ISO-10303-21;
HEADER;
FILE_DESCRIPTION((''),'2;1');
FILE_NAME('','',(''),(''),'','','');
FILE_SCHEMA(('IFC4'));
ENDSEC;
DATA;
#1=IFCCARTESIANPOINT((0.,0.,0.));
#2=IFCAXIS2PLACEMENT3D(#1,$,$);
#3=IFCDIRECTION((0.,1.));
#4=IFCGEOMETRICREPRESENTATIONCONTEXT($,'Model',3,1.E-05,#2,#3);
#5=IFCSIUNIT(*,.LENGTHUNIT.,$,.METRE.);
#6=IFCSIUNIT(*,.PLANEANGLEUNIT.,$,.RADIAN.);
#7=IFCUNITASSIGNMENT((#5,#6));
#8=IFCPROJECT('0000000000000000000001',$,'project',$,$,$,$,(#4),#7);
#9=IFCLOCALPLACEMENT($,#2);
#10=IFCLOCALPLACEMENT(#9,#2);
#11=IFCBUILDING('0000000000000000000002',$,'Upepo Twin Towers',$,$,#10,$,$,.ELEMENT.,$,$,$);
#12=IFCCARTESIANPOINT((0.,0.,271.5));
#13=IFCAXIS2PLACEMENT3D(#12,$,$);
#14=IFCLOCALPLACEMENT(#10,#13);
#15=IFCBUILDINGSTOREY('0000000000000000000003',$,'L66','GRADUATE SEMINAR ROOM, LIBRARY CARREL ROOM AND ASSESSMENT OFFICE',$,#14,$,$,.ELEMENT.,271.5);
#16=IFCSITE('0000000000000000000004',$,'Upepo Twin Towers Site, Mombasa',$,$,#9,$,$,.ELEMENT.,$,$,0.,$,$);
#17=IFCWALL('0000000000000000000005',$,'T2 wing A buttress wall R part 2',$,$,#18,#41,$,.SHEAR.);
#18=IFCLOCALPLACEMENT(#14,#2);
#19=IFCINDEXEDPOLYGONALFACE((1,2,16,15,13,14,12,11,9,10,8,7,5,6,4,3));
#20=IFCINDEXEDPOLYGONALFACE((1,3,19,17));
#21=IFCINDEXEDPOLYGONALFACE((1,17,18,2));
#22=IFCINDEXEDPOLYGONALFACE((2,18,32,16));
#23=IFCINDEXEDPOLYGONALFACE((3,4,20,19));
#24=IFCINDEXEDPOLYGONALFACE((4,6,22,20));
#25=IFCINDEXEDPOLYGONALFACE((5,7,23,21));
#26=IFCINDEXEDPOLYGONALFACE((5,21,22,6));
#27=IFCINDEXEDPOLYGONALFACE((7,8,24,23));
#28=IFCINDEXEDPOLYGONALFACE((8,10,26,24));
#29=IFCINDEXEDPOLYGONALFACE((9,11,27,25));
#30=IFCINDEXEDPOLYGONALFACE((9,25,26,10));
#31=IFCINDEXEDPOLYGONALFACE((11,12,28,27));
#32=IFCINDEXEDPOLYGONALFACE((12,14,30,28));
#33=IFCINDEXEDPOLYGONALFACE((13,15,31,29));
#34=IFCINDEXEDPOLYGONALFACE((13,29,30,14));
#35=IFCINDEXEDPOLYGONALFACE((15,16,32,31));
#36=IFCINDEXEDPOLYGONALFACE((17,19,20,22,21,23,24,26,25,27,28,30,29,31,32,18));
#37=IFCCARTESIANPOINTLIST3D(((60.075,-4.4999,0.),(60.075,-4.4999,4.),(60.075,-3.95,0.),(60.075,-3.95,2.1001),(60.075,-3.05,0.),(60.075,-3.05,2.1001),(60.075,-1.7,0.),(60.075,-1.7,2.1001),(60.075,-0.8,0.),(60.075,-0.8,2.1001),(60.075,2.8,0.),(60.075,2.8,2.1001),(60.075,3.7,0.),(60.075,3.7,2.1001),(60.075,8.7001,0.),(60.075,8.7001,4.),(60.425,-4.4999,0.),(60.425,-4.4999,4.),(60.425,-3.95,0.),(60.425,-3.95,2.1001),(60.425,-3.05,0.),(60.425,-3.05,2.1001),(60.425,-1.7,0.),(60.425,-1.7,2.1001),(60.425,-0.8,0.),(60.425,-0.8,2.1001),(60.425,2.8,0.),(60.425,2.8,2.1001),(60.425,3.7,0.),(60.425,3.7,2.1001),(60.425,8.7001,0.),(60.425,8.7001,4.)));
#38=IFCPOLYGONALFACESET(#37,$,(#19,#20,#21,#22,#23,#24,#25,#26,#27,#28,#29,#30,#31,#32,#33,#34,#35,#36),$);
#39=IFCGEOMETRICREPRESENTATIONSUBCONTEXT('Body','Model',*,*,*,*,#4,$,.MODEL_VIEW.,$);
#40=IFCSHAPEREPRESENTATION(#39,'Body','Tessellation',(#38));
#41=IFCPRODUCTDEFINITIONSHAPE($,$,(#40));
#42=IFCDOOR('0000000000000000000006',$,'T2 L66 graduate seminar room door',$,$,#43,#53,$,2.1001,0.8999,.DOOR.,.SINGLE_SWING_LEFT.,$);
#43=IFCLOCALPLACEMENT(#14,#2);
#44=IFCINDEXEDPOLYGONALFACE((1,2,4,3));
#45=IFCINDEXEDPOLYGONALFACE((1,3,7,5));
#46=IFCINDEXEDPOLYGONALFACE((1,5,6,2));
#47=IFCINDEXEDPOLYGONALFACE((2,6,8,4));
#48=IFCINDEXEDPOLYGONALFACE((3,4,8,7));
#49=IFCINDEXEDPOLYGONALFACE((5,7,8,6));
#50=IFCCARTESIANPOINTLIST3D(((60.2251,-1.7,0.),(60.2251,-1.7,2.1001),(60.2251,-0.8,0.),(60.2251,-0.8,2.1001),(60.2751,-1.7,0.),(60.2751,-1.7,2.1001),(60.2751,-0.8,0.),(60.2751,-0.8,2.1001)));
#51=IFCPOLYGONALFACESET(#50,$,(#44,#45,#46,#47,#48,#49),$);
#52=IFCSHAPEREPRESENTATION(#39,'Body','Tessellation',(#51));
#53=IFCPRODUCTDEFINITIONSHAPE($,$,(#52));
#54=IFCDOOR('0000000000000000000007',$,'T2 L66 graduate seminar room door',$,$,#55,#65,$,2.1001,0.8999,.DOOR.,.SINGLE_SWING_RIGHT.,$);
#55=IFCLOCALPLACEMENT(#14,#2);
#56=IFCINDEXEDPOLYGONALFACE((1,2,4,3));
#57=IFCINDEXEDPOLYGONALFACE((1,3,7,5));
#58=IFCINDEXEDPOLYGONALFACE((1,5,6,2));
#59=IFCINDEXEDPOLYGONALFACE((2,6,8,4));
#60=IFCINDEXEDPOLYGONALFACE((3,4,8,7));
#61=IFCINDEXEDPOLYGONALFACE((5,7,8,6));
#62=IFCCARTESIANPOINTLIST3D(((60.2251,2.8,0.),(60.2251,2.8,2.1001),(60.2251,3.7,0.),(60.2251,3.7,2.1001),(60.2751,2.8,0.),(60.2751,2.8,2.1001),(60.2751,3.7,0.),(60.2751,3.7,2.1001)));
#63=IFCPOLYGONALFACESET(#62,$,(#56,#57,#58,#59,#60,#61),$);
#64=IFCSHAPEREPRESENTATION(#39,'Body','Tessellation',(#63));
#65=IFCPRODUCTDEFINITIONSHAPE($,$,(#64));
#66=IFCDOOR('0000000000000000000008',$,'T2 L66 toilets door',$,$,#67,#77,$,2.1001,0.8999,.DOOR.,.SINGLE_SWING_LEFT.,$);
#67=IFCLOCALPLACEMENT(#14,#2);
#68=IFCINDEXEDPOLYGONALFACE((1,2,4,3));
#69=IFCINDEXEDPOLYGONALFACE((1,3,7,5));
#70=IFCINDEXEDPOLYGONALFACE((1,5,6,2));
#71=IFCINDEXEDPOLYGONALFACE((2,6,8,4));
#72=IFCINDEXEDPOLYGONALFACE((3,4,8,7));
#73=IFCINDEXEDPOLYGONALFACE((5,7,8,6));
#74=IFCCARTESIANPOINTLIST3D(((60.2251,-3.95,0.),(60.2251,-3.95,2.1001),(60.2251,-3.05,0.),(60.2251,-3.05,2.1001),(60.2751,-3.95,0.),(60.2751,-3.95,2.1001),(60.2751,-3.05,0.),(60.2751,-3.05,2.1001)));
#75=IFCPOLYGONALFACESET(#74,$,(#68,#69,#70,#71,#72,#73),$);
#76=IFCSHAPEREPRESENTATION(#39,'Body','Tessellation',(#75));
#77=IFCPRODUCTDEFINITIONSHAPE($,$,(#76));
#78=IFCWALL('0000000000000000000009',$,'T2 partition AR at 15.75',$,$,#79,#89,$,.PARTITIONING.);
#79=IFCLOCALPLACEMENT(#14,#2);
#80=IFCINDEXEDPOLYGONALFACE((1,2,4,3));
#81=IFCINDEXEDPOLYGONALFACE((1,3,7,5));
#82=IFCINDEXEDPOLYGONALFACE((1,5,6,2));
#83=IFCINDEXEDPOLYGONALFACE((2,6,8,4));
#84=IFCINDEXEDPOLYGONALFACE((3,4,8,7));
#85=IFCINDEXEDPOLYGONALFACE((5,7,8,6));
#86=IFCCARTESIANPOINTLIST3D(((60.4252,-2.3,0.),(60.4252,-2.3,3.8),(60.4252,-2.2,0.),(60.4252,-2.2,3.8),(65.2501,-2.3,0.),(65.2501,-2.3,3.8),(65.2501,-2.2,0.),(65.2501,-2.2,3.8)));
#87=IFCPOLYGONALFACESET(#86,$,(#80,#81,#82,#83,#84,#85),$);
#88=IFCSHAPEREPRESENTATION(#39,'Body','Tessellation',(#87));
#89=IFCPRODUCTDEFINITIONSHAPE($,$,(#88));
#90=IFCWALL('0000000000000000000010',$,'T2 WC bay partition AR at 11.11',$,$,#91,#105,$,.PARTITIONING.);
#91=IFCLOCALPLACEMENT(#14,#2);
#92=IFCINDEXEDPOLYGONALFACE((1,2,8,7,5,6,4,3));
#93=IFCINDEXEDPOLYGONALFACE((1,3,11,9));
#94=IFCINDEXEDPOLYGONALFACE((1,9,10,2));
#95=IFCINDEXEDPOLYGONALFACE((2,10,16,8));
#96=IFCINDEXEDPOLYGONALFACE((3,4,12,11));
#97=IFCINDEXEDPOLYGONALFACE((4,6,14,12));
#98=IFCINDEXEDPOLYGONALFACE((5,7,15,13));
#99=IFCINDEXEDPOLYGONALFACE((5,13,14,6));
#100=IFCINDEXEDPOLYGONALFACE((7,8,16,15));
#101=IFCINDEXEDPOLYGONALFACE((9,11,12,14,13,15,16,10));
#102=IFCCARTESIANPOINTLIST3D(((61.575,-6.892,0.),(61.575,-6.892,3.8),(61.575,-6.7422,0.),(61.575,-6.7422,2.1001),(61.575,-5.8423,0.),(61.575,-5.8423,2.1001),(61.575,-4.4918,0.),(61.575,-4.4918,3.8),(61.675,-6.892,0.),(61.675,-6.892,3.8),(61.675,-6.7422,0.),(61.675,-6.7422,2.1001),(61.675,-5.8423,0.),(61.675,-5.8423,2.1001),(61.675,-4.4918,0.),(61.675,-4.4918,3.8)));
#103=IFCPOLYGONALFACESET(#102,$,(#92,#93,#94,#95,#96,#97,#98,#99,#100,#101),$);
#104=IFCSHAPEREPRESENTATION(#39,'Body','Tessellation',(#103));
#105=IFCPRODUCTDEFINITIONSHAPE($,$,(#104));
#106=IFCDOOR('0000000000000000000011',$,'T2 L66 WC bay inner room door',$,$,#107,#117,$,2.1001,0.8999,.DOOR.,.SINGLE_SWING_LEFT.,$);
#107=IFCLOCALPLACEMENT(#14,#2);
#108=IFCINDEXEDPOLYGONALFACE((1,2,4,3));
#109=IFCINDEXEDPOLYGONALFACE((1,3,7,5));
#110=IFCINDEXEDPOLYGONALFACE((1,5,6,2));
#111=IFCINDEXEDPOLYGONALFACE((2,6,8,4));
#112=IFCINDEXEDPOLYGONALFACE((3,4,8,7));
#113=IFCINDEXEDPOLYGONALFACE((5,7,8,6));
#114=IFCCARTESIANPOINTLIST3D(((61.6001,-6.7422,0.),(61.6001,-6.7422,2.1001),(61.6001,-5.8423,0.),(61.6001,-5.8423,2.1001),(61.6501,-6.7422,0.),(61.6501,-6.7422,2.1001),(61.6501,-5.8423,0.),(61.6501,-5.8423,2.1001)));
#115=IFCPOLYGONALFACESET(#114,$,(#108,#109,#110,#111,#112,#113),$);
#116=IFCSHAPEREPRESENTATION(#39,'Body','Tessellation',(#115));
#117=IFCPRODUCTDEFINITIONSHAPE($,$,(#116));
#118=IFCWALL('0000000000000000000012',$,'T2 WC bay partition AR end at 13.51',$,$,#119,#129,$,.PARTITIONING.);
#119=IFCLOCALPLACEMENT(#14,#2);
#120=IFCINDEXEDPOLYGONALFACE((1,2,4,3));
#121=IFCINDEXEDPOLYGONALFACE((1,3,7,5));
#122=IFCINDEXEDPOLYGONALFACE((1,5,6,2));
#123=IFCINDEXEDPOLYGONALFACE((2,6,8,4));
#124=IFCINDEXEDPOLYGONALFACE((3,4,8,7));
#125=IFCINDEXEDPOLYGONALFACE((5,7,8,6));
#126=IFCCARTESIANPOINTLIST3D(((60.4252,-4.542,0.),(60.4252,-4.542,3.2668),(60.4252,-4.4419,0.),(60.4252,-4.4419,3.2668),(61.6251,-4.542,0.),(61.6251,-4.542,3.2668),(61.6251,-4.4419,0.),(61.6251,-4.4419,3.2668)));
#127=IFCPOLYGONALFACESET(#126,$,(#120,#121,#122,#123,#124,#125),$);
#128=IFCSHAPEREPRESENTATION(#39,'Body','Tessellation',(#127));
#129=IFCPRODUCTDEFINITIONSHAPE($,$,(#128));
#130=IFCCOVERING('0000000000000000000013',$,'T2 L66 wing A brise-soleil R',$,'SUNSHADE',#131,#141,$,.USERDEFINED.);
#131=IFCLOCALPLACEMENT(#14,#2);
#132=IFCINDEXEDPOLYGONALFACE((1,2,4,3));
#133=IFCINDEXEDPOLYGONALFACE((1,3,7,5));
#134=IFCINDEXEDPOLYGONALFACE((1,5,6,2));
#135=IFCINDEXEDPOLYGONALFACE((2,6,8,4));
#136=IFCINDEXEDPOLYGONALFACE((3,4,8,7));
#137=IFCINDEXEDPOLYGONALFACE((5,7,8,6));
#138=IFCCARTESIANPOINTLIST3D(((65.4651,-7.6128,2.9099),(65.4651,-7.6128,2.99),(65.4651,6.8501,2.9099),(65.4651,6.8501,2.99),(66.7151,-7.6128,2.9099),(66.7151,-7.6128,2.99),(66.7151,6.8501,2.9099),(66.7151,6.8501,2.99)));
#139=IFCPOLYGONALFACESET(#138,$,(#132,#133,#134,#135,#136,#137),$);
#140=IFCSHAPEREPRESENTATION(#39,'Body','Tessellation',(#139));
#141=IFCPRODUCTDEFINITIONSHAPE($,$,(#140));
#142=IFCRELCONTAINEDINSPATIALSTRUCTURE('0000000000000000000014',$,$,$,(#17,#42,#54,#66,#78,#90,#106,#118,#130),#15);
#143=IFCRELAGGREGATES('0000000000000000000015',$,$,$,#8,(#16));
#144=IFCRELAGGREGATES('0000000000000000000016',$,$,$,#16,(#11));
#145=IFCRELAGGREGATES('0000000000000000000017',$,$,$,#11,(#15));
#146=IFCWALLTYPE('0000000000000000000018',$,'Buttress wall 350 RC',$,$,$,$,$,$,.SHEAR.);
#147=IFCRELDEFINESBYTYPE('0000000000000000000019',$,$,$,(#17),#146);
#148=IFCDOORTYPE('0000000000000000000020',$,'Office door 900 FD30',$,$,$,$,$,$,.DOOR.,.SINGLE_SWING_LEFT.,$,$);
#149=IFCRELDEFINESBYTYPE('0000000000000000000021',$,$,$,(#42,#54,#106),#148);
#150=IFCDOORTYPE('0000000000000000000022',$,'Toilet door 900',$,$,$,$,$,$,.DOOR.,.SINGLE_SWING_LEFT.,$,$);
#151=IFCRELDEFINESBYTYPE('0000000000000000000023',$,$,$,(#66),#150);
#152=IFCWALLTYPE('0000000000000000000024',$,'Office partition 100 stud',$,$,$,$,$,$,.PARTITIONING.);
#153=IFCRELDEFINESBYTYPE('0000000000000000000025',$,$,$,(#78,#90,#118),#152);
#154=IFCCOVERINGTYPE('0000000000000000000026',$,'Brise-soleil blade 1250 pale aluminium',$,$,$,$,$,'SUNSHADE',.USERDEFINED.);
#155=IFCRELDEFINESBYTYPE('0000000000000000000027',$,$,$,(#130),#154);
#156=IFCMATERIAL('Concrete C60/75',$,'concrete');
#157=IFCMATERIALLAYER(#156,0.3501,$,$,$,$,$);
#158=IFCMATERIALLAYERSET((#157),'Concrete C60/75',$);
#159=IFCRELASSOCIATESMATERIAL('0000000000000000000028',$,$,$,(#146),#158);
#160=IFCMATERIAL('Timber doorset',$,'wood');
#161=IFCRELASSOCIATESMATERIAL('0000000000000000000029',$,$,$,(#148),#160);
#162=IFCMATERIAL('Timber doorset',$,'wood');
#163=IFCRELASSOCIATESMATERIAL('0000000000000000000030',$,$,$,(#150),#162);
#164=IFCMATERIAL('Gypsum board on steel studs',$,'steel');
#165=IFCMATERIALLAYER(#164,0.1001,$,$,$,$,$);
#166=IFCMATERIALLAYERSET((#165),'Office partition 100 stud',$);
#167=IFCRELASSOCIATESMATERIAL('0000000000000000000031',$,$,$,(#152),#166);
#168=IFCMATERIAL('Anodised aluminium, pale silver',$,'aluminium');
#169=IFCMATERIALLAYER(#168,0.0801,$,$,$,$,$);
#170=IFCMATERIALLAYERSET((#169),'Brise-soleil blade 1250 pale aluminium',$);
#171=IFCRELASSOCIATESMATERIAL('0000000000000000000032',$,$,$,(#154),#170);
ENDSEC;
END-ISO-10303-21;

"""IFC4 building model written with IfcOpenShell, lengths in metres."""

from ifc_helpers import new_model, si_unit, direction, frame, frame_2d, origin, origin_2d, place, context, subcontext, project, spatial, rectangle, extrude, material, layer, layer_set, type_object, element, fill, save


model = new_model("IFC4")

# Units and contexts
model_context = context("Model", 3, precision=1e-05, world=origin(), true_north=direction((0.0, 1.0)))
body_context = subcontext(model_context, "Body", "Model", "MODEL_VIEW")
ifc_project = project(units=[si_unit("LENGTHUNIT", "METRE"), si_unit("PLANEANGLEUNIT", "RADIAN")], contexts=[model_context])

# Site, building, storey
site_placement = place(None, origin())
site = spatial("IfcSite", under=ifc_project, at=site_placement, Name="Upepo Twin Towers Site, Mombasa", CompositionType="ELEMENT", RefElevation=0.0)
building_placement = place(site_placement, origin())
building = spatial("IfcBuilding", under=site, at=building_placement, Name="Upepo Twin Towers", CompositionType="ELEMENT")
storey_placement = place(building_placement, frame((0.0, 0.0, 271.5)))
storey = spatial("IfcBuildingStorey", under=building, at=storey_placement, Name="L66", Description="GRADUATE SEMINAR ROOM, LIBRARY CARREL ROOM AND ASSESSMENT OFFICE", CompositionType="ELEMENT", Elevation=271.5)

# Wall, openings, doors
ifc_material_1 = material(Name="Concrete C60/75", Category="concrete")
ifc_layer_1 = layer(ifc_material_1, 0.3501)
ifc_layer_set_1 = layer_set([ifc_layer_1], Name="Concrete C60/75")
wall_type_1 = type_object("IfcWallType", Name="Buttress wall 350 RC", PredefinedType="SHEAR", material=ifc_layer_set_1)
wall_1_placement = place(storey_placement, frame((60.25, -4.5, 0.0), z_axis=(0.0, 0.0, 1.0), x_axis=(0.0, 1.0, 0.0)))
wall_1 = element("IfcWall", 1, at=wall_1_placement, inside=storey, type_object=wall_type_1, Name="T2 wing A buttress wall R part 2", PredefinedType="SHEAR", context=body_context, shape_type="SweptSolid", body=[
    extrude(rectangle(XDim=13.2, YDim=0.3501, at=frame_2d((6.6001, 0.0))), origin(), (0.0, 0.0, 1.0), 4.0),
])
opening_1_placement = place(wall_1_placement, frame((0.55, 0.0, 0.0)))
opening_1 = element("IfcOpeningElement", 2, at=opening_1_placement, cuts=wall_1, PredefinedType="OPENING", context=body_context, shape_type="SweptSolid", body=[
    extrude(rectangle(XDim=0.8999, YDim=2.1001, at=frame_2d((0.45, 1.05))), frame((0.0, 0.1851, 0.0), z_axis=(0.0, -1.0, 0.0), x_axis=(1.0, 0.0, 0.0)), (0.0, 0.0, 1.0), 0.3701),
])
opening_2_placement = place(wall_1_placement, frame((2.8, 0.0, 0.0)))
opening_2 = element("IfcOpeningElement", 3, at=opening_2_placement, cuts=wall_1, PredefinedType="OPENING", context=body_context, shape_type="SweptSolid", body=[
    extrude(rectangle(XDim=0.8999, YDim=2.1001, at=frame_2d((0.45, 1.05))), frame((0.0, 0.1851, 0.0), z_axis=(0.0, -1.0, 0.0), x_axis=(1.0, 0.0, 0.0)), (0.0, 0.0, 1.0), 0.3701),
])
opening_3_placement = place(wall_1_placement, frame((7.3, 0.0, 0.0)))
opening_3 = element("IfcOpeningElement", 4, at=opening_3_placement, cuts=wall_1, PredefinedType="OPENING", context=body_context, shape_type="SweptSolid", body=[
    extrude(rectangle(XDim=0.8999, YDim=2.1001, at=frame_2d((0.45, 1.05))), frame((0.0, 0.1851, 0.0), z_axis=(0.0, -1.0, 0.0), x_axis=(1.0, 0.0, 0.0)), (0.0, 0.0, 1.0), 0.3701),
])
ifc_material_2 = material(Name="Timber doorset", Category="wood")
door_type_1 = type_object("IfcDoorType", Name="Office door 900 FD30", OperationType="SINGLE_SWING_LEFT", PredefinedType="DOOR", material=ifc_material_2)
door_1_placement = place(opening_2_placement, origin())
door_1 = element("IfcDoor", 5, at=door_1_placement, inside=storey, type_object=door_type_1, Name="T2 L66 graduate seminar room door", OperationType="SINGLE_SWING_LEFT", OverallHeight=2.1001, OverallWidth=0.8999, PredefinedType="DOOR", context=body_context, shape_type="SweptSolid", body=[
    extrude(rectangle(XDim=0.8999, YDim=2.1001, at=frame_2d((0.45, 1.05))), frame((0.0, 0.0249, 0.0), z_axis=(0.0, -1.0, 0.0), x_axis=(1.0, 0.0, 0.0)), (0.0, 0.0, 1.0), 0.05),
])
fill(opening_2, door_1)
door_2_placement = place(opening_3_placement, origin())
door_2 = element("IfcDoor", 6, at=door_2_placement, inside=storey, type_object=door_type_1, Name="T2 L66 graduate seminar room door", OperationType="SINGLE_SWING_RIGHT", OverallHeight=2.1001, OverallWidth=0.8999, PredefinedType="DOOR", context=body_context, shape_type="SweptSolid", body=[
    extrude(rectangle(XDim=0.8999, YDim=2.1001, at=frame_2d((0.45, 1.05))), frame((0.0, 0.0249, 0.0), z_axis=(0.0, -1.0, 0.0), x_axis=(1.0, 0.0, 0.0)), (0.0, 0.0, 1.0), 0.05),
])
fill(opening_3, door_2)
ifc_material_3 = material(Name="Timber doorset", Category="wood")
door_type_2 = type_object("IfcDoorType", Name="Toilet door 900", OperationType="SINGLE_SWING_LEFT", PredefinedType="DOOR", material=ifc_material_3)
door_3_placement = place(opening_1_placement, origin())
door_3 = element("IfcDoor", 7, at=door_3_placement, inside=storey, type_object=door_type_2, Name="T2 L66 toilets door", OperationType="SINGLE_SWING_LEFT", OverallHeight=2.1001, OverallWidth=0.8999, PredefinedType="DOOR", context=body_context, shape_type="SweptSolid", body=[
    extrude(rectangle(XDim=0.8999, YDim=2.1001, at=frame_2d((0.45, 1.05))), frame((0.0, 0.0249, 0.0), z_axis=(0.0, -1.0, 0.0), x_axis=(1.0, 0.0, 0.0)), (0.0, 0.0, 1.0), 0.05),
])
fill(opening_1, door_3)

# Wall
ifc_material_4 = material(Name="Gypsum board on steel studs", Category="steel")
ifc_layer_2 = layer(ifc_material_4, 0.1001)
ifc_layer_set_2 = layer_set([ifc_layer_2], Name="Office partition 100 stud")
wall_type_2 = type_object("IfcWallType", Name="Office partition 100 stud", PredefinedType="PARTITIONING", material=ifc_layer_set_2)
wall_2_placement = place(storey_placement, frame((60.425, -2.25, 0.0), z_axis=(0.0, 0.0, 1.0), x_axis=(1.0, 0.0, 0.0)))
element("IfcWall", 8, at=wall_2_placement, inside=storey, type_object=wall_type_2, Name="T2 partition AR at 15.75", PredefinedType="PARTITIONING", context=body_context, shape_type="SweptSolid", body=[
    extrude(rectangle(XDim=4.825, YDim=0.1001, at=frame_2d((2.4126, 0.0))), origin(), (0.0, 0.0, 1.0), 3.8),
])

# Wall, opening, door
wall_3_placement = place(storey_placement, frame((61.625, -6.8921, 0.0), z_axis=(0.0, 0.0, 1.0), x_axis=(0.0, 1.0, 0.0)))
wall_3 = element("IfcWall", 9, at=wall_3_placement, inside=storey, type_object=wall_type_2, Name="T2 WC bay partition AR at 11.11", PredefinedType="PARTITIONING", context=body_context, shape_type="SweptSolid", body=[
    extrude(rectangle(XDim=2.4001, YDim=0.1001, at=frame_2d((1.2002, 0.0))), origin(), (0.0, 0.0, 1.0), 3.8),
])
opening_4_placement = place(wall_3_placement, frame((0.1499, 0.0, 0.0)))
opening_4 = element("IfcOpeningElement", 10, at=opening_4_placement, cuts=wall_3, PredefinedType="OPENING", context=body_context, shape_type="SweptSolid", body=[
    extrude(rectangle(XDim=0.8999, YDim=2.1001, at=frame_2d((0.45, 1.05))), frame((0.0, 0.0601, 0.0), z_axis=(0.0, -1.0, 0.0), x_axis=(1.0, 0.0, 0.0)), (0.0, 0.0, 1.0), 0.1201),
])
door_4_placement = place(opening_4_placement, origin())
door_4 = element("IfcDoor", 11, at=door_4_placement, inside=storey, type_object=door_type_1, Name="T2 L66 WC bay inner room door", OperationType="SINGLE_SWING_LEFT", OverallHeight=2.1001, OverallWidth=0.8999, PredefinedType="DOOR", context=body_context, shape_type="SweptSolid", body=[
    extrude(rectangle(XDim=0.8999, YDim=2.1001, at=frame_2d((0.45, 1.05))), frame((0.0, 0.0249, 0.0), z_axis=(0.0, -1.0, 0.0), x_axis=(1.0, 0.0, 0.0)), (0.0, 0.0, 1.0), 0.05),
])
fill(opening_4, door_4)

# Wall
wall_4_placement = place(storey_placement, frame((60.425, -4.4919, 0.0), z_axis=(0.0, 0.0, 1.0), x_axis=(1.0, 0.0, 0.0)))
element("IfcWall", 12, at=wall_4_placement, inside=storey, type_object=wall_type_2, Name="T2 WC bay partition AR end at 13.51", PredefinedType="PARTITIONING", context=body_context, shape_type="SweptSolid", body=[
    extrude(rectangle(XDim=1.2, YDim=0.1001, at=frame_2d((0.6001, 0.0))), origin(), (0.0, 0.0, 1.0), 3.2668),
])

# Covering
ifc_material_5 = material(Name="Anodised aluminium, pale silver", Category="aluminium")
ifc_layer_3 = layer(ifc_material_5, 0.0801)
ifc_layer_set_3 = layer_set([ifc_layer_3], Name="Brise-soleil blade 1250 pale aluminium")
covering_type = type_object("IfcCoveringType", Name="Brise-soleil blade 1250 pale aluminium", ElementType="SUNSHADE", PredefinedType="USERDEFINED", material=ifc_layer_set_3)
covering_placement = place(storey_placement, frame((66.0901, -0.3813, 2.9099), z_axis=(0.0, 0.0, 1.0), x_axis=(0.0, 1.0, 0.0)))
element("IfcCovering", 13, at=covering_placement, inside=storey, type_object=covering_type, Name="T2 L66 wing A brise-soleil R", ObjectType="SUNSHADE", PredefinedType="USERDEFINED", context=body_context, shape_type="SweptSolid", body=[
    extrude(rectangle(XDim=14.4629, YDim=1.25, at=origin_2d()), origin(), (0.0, 0.0, 1.0), 0.0801),
])

save(model, "model.ifc")
